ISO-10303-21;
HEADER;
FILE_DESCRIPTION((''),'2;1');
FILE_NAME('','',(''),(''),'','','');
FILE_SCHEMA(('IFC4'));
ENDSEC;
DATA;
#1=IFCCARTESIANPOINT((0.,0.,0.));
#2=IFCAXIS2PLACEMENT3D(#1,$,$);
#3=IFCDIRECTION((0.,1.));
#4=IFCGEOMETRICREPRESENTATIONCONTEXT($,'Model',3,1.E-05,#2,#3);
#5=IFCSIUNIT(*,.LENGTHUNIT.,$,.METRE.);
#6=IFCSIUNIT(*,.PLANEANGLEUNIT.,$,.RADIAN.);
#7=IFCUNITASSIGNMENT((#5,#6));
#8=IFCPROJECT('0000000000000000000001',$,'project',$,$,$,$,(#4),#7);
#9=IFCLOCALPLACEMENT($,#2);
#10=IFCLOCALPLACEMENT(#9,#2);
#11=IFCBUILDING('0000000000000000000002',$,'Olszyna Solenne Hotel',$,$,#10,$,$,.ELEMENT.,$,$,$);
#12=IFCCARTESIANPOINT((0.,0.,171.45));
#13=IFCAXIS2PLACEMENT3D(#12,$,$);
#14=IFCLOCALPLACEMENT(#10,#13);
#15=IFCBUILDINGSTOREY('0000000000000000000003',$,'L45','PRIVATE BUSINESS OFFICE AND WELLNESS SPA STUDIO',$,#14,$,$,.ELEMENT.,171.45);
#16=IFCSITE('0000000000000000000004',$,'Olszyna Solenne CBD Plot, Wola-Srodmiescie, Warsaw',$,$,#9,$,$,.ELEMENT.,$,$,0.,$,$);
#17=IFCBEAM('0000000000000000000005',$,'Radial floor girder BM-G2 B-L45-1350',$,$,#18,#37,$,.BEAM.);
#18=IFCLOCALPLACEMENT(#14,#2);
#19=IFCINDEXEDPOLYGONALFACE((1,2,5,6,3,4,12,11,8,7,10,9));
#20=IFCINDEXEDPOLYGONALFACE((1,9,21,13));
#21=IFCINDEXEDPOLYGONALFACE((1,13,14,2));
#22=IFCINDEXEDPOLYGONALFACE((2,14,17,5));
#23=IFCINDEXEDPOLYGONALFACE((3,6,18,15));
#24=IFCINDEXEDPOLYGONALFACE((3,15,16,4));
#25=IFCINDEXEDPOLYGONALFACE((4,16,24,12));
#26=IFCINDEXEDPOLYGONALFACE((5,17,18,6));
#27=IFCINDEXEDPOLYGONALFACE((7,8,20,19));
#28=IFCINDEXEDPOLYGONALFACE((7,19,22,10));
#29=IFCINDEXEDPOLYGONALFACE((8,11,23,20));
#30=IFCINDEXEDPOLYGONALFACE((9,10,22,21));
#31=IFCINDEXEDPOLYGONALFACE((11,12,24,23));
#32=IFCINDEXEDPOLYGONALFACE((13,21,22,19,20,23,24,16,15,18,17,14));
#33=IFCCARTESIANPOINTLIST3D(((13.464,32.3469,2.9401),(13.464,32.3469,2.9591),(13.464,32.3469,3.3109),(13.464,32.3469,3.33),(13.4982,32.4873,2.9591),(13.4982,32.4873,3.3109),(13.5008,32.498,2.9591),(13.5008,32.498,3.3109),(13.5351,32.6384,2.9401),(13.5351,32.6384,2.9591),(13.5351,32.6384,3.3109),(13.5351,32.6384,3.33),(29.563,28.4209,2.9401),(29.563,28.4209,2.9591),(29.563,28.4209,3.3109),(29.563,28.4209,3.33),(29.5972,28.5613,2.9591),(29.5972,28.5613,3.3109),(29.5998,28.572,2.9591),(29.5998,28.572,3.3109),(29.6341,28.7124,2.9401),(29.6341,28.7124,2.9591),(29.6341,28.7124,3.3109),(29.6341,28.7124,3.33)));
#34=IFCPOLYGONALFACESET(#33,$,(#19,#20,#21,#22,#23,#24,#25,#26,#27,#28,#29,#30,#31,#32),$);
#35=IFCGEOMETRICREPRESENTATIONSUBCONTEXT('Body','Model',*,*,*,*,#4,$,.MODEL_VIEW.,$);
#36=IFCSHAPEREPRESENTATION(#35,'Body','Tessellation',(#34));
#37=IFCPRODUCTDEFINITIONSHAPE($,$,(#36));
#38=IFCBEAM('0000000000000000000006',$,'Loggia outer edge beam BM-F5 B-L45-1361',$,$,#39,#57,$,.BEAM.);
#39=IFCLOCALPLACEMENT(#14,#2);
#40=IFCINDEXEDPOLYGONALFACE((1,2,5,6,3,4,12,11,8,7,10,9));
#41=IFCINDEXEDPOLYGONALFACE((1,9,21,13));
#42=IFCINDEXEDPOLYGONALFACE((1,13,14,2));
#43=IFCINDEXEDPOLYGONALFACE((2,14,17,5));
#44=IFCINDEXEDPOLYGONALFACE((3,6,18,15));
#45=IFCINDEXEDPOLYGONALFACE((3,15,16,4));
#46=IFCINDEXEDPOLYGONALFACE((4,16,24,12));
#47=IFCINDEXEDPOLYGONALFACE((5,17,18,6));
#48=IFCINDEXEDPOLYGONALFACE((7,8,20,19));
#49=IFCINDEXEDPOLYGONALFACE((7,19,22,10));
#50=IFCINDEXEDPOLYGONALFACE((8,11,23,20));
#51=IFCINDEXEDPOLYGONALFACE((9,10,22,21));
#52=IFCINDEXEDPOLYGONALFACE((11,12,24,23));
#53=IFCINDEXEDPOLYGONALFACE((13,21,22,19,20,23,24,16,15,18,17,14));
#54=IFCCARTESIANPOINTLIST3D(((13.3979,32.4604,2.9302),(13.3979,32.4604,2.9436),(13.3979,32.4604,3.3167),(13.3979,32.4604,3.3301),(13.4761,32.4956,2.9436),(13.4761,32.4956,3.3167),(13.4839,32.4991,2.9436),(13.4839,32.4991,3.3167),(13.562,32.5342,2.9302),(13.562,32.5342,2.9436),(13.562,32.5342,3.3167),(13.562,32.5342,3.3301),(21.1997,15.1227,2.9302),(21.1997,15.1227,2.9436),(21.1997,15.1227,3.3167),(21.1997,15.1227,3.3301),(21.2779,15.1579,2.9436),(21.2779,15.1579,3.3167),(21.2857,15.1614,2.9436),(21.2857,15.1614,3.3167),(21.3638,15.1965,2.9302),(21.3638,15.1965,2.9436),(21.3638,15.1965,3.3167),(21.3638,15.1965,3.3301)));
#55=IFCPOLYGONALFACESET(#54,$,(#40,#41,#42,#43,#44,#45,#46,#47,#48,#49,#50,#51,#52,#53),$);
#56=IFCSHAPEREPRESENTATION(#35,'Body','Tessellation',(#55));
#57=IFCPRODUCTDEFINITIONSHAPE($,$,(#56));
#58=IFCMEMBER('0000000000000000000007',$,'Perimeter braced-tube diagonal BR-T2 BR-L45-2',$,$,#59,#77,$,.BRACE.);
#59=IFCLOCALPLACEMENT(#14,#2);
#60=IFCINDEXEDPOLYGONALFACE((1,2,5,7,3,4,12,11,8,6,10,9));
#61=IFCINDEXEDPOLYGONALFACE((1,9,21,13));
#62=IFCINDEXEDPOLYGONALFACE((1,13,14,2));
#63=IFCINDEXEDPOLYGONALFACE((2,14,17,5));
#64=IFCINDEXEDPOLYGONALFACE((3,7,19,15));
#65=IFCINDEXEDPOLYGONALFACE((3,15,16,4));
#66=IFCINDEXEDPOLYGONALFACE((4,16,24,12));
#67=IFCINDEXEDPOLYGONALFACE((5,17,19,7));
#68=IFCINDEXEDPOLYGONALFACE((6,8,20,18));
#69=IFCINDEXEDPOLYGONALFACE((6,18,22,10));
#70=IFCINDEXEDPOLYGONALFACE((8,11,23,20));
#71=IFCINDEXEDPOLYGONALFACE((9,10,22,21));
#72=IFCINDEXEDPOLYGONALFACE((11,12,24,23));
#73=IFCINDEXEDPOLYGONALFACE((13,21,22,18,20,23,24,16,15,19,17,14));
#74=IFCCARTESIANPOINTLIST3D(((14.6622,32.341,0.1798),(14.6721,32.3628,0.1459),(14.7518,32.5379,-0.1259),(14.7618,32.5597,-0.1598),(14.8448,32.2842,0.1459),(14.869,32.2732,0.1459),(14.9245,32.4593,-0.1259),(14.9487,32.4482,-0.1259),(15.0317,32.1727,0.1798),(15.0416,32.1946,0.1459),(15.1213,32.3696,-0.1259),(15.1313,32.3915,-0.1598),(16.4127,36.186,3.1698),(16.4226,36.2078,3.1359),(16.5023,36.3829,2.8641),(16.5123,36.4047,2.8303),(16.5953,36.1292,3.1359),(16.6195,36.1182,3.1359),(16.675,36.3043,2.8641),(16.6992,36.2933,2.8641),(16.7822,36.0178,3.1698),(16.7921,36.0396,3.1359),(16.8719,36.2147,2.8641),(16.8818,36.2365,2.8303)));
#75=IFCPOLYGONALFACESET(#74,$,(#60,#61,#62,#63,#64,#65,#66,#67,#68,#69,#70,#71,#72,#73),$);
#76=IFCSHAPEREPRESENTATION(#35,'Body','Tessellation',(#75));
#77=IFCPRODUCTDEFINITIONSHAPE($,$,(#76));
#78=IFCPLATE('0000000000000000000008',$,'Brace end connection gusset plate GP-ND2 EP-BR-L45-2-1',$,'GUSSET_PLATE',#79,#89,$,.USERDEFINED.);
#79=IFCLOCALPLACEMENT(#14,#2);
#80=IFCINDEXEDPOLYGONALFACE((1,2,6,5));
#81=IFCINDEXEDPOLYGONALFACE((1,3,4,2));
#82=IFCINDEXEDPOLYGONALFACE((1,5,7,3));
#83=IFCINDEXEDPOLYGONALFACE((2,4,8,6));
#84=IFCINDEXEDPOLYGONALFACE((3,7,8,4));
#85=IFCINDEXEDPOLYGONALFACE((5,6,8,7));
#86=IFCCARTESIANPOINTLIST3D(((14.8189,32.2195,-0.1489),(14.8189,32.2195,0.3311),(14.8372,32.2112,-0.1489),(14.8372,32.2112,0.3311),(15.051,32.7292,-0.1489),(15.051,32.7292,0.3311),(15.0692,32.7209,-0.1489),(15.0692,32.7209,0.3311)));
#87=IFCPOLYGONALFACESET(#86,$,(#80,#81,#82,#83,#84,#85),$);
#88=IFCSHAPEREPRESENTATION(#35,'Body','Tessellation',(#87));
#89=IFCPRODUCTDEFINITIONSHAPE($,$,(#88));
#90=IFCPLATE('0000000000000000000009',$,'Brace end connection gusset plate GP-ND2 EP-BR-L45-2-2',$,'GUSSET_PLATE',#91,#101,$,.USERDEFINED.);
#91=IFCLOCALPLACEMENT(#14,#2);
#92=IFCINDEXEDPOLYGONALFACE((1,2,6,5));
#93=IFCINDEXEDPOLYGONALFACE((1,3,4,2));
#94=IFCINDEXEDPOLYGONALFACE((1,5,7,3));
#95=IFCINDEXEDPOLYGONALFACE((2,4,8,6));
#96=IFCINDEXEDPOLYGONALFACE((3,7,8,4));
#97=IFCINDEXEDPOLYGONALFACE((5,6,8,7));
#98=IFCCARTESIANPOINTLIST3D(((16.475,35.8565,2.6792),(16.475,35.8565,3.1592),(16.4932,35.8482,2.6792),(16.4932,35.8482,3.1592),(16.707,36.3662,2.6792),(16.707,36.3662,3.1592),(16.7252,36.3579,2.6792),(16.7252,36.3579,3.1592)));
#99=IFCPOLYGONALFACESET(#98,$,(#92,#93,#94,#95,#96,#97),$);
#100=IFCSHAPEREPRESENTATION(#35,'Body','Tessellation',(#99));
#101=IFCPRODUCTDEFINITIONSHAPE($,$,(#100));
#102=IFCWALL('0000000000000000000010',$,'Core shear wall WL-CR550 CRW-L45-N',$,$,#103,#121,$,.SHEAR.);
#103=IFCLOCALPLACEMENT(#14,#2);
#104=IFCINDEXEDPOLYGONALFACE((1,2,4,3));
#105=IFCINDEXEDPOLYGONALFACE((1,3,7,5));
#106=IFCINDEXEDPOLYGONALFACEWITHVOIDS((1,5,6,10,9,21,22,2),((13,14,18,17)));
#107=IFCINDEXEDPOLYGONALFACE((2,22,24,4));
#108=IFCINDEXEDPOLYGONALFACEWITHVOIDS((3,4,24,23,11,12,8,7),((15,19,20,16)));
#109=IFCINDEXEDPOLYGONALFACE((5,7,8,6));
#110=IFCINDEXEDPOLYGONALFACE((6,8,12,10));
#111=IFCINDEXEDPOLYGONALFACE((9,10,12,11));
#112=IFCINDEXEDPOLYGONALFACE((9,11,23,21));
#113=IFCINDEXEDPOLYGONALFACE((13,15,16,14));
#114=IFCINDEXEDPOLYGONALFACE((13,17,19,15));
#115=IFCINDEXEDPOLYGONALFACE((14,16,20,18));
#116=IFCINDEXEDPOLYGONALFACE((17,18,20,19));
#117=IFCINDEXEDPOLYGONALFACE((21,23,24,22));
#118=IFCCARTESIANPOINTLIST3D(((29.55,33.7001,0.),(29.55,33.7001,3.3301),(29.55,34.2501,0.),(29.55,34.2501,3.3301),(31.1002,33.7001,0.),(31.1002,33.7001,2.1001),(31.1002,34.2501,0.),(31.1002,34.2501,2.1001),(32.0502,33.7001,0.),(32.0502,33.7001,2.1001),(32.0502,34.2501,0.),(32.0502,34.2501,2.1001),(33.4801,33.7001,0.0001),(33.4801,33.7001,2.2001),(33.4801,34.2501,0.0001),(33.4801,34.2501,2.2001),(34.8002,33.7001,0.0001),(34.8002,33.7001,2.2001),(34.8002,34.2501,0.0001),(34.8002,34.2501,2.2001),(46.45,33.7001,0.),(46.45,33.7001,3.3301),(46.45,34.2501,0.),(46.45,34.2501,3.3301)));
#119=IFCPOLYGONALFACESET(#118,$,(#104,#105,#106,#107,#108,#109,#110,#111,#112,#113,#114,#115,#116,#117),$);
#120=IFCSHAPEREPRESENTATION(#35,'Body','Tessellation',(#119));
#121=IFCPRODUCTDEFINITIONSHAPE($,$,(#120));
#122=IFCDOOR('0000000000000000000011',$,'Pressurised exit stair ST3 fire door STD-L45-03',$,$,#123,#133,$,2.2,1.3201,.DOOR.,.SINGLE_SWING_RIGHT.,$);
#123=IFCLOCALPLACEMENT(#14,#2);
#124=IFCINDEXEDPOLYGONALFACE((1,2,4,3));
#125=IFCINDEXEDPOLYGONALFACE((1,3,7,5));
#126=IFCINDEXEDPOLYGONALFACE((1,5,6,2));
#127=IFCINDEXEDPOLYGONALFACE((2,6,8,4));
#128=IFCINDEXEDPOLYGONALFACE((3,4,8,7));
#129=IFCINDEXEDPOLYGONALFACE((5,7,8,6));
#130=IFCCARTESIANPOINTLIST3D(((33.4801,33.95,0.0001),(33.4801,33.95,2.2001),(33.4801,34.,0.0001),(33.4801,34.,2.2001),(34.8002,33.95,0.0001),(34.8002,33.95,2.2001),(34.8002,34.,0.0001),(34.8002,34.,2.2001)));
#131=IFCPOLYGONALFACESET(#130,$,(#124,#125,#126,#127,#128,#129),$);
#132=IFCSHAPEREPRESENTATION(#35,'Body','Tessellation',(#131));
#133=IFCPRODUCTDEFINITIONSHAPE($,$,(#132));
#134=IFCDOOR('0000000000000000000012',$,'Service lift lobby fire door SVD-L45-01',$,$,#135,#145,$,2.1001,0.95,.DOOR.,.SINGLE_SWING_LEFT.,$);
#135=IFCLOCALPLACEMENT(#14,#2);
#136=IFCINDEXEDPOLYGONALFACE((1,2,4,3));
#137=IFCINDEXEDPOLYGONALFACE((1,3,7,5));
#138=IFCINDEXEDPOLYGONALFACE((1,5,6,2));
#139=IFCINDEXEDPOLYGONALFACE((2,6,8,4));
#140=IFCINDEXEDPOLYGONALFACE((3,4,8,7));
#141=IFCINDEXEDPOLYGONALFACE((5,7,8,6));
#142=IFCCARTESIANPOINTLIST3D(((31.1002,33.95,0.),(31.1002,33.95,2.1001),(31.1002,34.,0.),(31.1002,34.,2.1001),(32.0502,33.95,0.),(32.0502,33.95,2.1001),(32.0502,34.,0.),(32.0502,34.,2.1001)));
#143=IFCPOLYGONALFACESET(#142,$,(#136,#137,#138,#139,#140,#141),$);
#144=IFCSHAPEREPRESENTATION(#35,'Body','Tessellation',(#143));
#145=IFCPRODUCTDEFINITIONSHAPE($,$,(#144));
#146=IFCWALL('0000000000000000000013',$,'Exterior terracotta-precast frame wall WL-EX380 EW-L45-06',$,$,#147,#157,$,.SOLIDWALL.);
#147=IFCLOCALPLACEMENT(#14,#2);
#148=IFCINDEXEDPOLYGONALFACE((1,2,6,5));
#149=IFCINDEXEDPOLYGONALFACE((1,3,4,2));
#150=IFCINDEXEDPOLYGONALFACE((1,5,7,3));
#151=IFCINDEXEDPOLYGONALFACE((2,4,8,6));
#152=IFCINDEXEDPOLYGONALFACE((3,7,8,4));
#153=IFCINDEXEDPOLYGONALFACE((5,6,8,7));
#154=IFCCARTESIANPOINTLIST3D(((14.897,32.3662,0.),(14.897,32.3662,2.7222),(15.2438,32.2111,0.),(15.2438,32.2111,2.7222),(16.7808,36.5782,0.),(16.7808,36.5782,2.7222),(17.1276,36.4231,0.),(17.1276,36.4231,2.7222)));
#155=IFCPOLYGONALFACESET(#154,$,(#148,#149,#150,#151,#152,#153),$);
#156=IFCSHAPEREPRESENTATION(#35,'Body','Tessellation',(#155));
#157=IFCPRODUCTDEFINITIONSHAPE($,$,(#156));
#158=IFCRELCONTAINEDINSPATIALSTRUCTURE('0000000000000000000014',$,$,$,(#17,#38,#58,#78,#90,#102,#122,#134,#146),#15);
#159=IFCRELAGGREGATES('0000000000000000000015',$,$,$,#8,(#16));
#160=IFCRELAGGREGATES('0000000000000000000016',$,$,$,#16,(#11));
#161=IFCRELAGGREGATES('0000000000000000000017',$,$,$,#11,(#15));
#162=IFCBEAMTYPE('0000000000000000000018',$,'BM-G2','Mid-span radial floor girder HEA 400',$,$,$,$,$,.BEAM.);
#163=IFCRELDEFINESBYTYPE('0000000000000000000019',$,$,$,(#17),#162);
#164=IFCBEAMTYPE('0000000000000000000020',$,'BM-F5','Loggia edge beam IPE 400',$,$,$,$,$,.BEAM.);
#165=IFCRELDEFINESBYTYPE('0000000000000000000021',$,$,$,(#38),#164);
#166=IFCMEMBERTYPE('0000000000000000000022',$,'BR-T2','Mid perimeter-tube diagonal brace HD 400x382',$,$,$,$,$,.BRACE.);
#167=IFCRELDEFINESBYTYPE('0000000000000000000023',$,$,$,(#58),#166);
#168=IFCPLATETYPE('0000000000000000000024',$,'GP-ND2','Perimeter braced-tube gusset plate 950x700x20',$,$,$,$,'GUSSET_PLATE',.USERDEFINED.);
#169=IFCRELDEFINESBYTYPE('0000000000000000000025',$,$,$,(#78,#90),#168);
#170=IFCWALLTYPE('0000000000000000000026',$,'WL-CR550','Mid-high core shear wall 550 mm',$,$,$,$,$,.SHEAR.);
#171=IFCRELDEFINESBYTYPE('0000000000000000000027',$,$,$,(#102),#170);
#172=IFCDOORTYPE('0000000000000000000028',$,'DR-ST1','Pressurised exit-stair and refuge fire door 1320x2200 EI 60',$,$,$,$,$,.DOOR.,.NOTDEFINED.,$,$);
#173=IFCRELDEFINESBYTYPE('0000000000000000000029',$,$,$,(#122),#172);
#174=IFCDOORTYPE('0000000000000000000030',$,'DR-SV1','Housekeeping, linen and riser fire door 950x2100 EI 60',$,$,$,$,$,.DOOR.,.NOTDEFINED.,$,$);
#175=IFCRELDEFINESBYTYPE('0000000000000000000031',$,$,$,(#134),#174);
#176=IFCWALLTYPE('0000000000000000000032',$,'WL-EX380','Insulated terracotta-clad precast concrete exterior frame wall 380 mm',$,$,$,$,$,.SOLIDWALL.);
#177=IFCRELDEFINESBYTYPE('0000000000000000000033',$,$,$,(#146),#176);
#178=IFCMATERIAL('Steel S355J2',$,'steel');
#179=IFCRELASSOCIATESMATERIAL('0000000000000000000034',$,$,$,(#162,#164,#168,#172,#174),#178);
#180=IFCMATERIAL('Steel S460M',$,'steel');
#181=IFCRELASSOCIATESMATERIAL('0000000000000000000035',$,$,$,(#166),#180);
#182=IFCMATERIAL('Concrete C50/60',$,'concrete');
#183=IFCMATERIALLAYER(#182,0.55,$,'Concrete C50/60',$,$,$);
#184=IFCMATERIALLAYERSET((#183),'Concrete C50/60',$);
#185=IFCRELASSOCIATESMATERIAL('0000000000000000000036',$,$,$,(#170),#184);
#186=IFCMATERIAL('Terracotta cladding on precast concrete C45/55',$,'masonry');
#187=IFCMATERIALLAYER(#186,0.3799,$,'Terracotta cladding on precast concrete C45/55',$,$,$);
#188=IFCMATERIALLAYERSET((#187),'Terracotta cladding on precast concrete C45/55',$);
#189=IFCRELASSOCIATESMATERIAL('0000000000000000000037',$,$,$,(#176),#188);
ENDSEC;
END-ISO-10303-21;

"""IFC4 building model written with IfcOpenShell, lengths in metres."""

from ifc_helpers import new_model, si_unit, direction, frame, frame_2d, origin, origin_2d, place, context, subcontext, project, spatial, rectangle, i_section, extrude, source, transform, mapped, material, layer, layer_set, material_profile, profile_set, type_object, type_shapes, element, fill, save


model = new_model("IFC4")

# Units and contexts
model_context = context("Model", 3, precision=1e-05, world=origin(), true_north=direction((0.0, 1.0)))
body_context = subcontext(model_context, "Body", "Model", "MODEL_VIEW")
ifc_project = project(units=[si_unit("LENGTHUNIT", "METRE"), si_unit("PLANEANGLEUNIT", "RADIAN")], contexts=[model_context])

# Site, building, storey
site_placement = place(None, origin())
site = spatial("IfcSite", under=ifc_project, at=site_placement, Name="Olszyna Solenne CBD Plot, Wola-Srodmiescie, Warsaw", CompositionType="ELEMENT", RefElevation=0.0)
building_placement = place(site_placement, origin())
building = spatial("IfcBuilding", under=site, at=building_placement, Name="Olszyna Solenne Hotel", CompositionType="ELEMENT")
storey_placement = place(building_placement, frame((0.0, 0.0, 171.45)))
storey = spatial("IfcBuildingStorey", under=building, at=storey_placement, Name="L45", Description="PRIVATE BUSINESS OFFICE AND WELLNESS SPA STUDIO", CompositionType="ELEMENT", Elevation=171.45)

# Shared definitions
ifc_material_1 = material(Name="Steel S460M", Category="steel")

# Beams
ifc_material_2 = material(Name="Steel S355J2", Category="steel")
ifc_material_profile_1 = material_profile(ifc_material_2, i_section(OverallWidth=0.3, OverallDepth=0.3899, WebThickness=0.011, FlangeThickness=0.019, at=origin_2d()), Name="HEA 400", Category="load-bearing")
ifc_profile_set_1 = profile_set([ifc_material_profile_1], Name="Steel S355J2")
beam_type_1 = type_object("IfcBeamType", Name="BM-G2", Description="Mid-span radial floor girder HEA 400", PredefinedType="BEAM", material=ifc_profile_set_1)
shared_shape_1 = source(origin(), body_context, "Body", "SweptSolid", [
    extrude(i_section(OverallWidth=0.3, OverallDepth=0.3899, WebThickness=0.011, FlangeThickness=0.019, at=origin_2d()), origin(), (0.0, 0.0, 1.0), 16.5708),
])
beam_1_placement = place(storey_placement, frame((13.4995, 32.4927, 3.135), z_axis=(0.971529, -0.236923, 0.0), x_axis=(0.236923, 0.971529, 0.0)))
element("IfcBeam", 1, at=beam_1_placement, inside=storey, type_object=beam_type_1, Name="Radial floor girder BM-G2 B-L45-1350", PredefinedType="BEAM", context=body_context, shape_type="MappedRepresentation", body=[
    mapped(shared_shape_1, transform((0.0, 0.0, 0.0), x_axis=(1.0, 0.0, 0.0), y_axis=(0.0, 1.0, 0.0), z_axis=(0.0, 0.0, 1.0), scale=1.0)),
])
ifc_material_profile_2 = material_profile(ifc_material_2, i_section(OverallWidth=0.1799, OverallDepth=0.3999, WebThickness=0.0085, FlangeThickness=0.0134, at=origin_2d()), Name="IPE 400", Category="load-bearing")
ifc_profile_set_2 = profile_set([ifc_material_profile_2], Name="Steel S355J2")
beam_type_2 = type_object("IfcBeamType", Name="BM-F5", Description="Loggia edge beam IPE 400", PredefinedType="BEAM", material=ifc_profile_set_2)
shared_shape_2 = source(origin(), body_context, "Body", "SweptSolid", [
    extrude(i_section(OverallWidth=0.1799, OverallDepth=0.3999, WebThickness=0.0085, FlangeThickness=0.0134, at=origin_2d()), origin(), (0.0, 0.0, 1.0), 19.0122),
])
beam_2_placement = place(storey_placement, frame((13.48, 32.4973, 3.1301), z_axis=(0.410357, -0.911925, 0.0), x_axis=(0.911925, 0.410357, 0.0)))
element("IfcBeam", 2, at=beam_2_placement, inside=storey, type_object=beam_type_2, Name="Loggia outer edge beam BM-F5 B-L45-1361", PredefinedType="BEAM", context=body_context, shape_type="MappedRepresentation", body=[
    mapped(shared_shape_2, transform((0.0, 0.0, 0.0), x_axis=(1.0, 0.0, 0.0), y_axis=(0.0, 1.0, 0.0), z_axis=(0.0, 0.0, 1.0), scale=1.0)),
])

# Member
ifc_material_profile_3 = material_profile(ifc_material_1, i_section(OverallWidth=0.406, OverallDepth=0.416, WebThickness=0.0266, FlangeThickness=0.0415, at=origin_2d()), Name="HD 400x382", Category="load-bearing")
ifc_profile_set_3 = profile_set([ifc_material_profile_3], Name="Steel S460M")
member_type = type_object("IfcMemberType", Name="BR-T2", Description="Mid perimeter-tube diagonal brace HD 400x382", PredefinedType="BRACE", material=ifc_profile_set_3)
shared_shape_3 = source(origin(), body_context, "Body", "SweptSolid", [
    extrude(i_section(OverallWidth=0.406, OverallDepth=0.416, WebThickness=0.0266, FlangeThickness=0.0415, at=origin_2d()), origin(), (0.0, 0.0, 1.0), 5.1758),
])
member_placement = place(storey_placement, frame((14.8967, 32.3662, 0.01), z_axis=(0.338212, 0.742887, 0.577696), x_axis=(-0.910119, 0.414347, 0.0)))
element("IfcMember", 3, at=member_placement, inside=storey, type_object=member_type, Name="Perimeter braced-tube diagonal BR-T2 BR-L45-2", PredefinedType="BRACE", context=body_context, shape_type="MappedRepresentation", body=[
    mapped(shared_shape_3, transform((0.0, 0.0, 0.0), x_axis=(1.0, 0.0, 0.0), y_axis=(0.0, 1.0, 0.0), z_axis=(0.0, 0.0, 1.0), scale=1.0)),
])

# Plates
plate_type = type_object("IfcPlateType", Name="GP-ND2", Description="Perimeter braced-tube gusset plate 950x700x20", ElementType="GUSSET_PLATE", PredefinedType="USERDEFINED", material=ifc_material_2)
shared_shape_4 = source(origin(), body_context, "Body", "SweptSolid", [
    extrude(rectangle(XDim=0.5601, YDim=0.02, at=origin_2d()), origin(), (0.0, 0.0, 1.0), 0.48),
])
for number, where, z_axis, x_axis, name in (
    (4, (14.9441, 32.4702, -0.1489), (0.0, 0.0, 1.0), (0.414376, 0.910106, 0.0), "Brace end connection gusset plate GP-ND2 EP-BR-L45-2-1"),
    (5, (16.6001, 36.1072, 2.6792), (0.0, 0.0, 1.0), (0.414376, 0.910106, 0.0), "Brace end connection gusset plate GP-ND2 EP-BR-L45-2-2"),
):
    element("IfcPlate", number, at=place(storey_placement, frame(where, z_axis=z_axis, x_axis=x_axis)), inside=storey, type_object=plate_type, Name=name, ObjectType="GUSSET_PLATE", PredefinedType="USERDEFINED", context=body_context, shape_type="MappedRepresentation", body=[
        mapped(shared_shape_4, transform((0.0, 0.0, 0.0), x_axis=(1.0, 0.0, 0.0), y_axis=(0.0, 1.0, 0.0), z_axis=(0.0, 0.0, 1.0), scale=1.0)),
    ])

# Wall, openings, doors
ifc_material_3 = material(Name="Concrete C50/60", Category="concrete")
ifc_layer_1 = layer(ifc_material_3, 0.55, Name="Concrete C50/60")
ifc_layer_set_1 = layer_set([ifc_layer_1], Name="Concrete C50/60")
wall_type_1 = type_object("IfcWallType", Name="WL-CR550", Description="Mid-high core shear wall 550 mm", PredefinedType="SHEAR", material=ifc_layer_set_1)
wall_1_placement = place(storey_placement, frame((29.55, 33.9751, 0.0), z_axis=(0.0, 0.0, 1.0), x_axis=(1.0, 0.0, 0.0)))
wall_1 = element("IfcWall", 6, at=wall_1_placement, inside=storey, type_object=wall_type_1, Name="Core shear wall WL-CR550 CRW-L45-N", PredefinedType="SHEAR", context=body_context, shape_type="SweptSolid", body=[
    extrude(rectangle(XDim=16.8999, YDim=0.55, at=frame_2d((8.45, 0.0))), origin(), (0.0, 0.0, 1.0), 3.3301),
])
opening_1_placement = place(wall_1_placement, frame((1.55, 0.0, 0.0)))
opening_1 = element("IfcOpeningElement", 7, at=opening_1_placement, cuts=wall_1, PredefinedType="OPENING", context=body_context, shape_type="SweptSolid", body=[
    extrude(rectangle(XDim=0.95, YDim=2.1001, at=frame_2d((0.4751, 1.05))), frame((0.0, 0.2852, 0.0), z_axis=(0.0, -1.0, 0.0), x_axis=(1.0, 0.0, 0.0)), (0.0, 0.0, 1.0), 0.5701),
])
opening_2_placement = place(wall_1_placement, frame((3.9299, 0.0, 0.0)))
opening_2 = element("IfcOpeningElement", 8, at=opening_2_placement, cuts=wall_1, PredefinedType="OPENING", context=body_context, shape_type="SweptSolid", body=[
    extrude(rectangle(XDim=1.3201, YDim=2.2, at=frame_2d((0.6602, 1.1001))), frame((0.0, 0.2852, 0.0), z_axis=(0.0, -1.0, 0.0), x_axis=(1.0, 0.0, 0.0)), (0.0, 0.0, 1.0), 0.5701),
])
door_type_1 = type_object("IfcDoorType", Name="DR-ST1", Description="Pressurised exit-stair and refuge fire door 1320x2200 EI 60", OperationType="NOTDEFINED", PredefinedType="DOOR", material=ifc_material_2)
shared_shape_5 = source(origin(), body_context, "Body", "SweptSolid", [
    extrude(rectangle(XDim=1.3201, YDim=2.2, at=frame_2d((0.6602, 1.1001))), frame((0.0, 0.0249, 0.0), z_axis=(0.0, -1.0, 0.0), x_axis=(1.0, 0.0, 0.0)), (0.0, 0.0, 1.0), 0.05),
])
type_shapes(door_type_1, [shared_shape_5])
door_1_placement = place(opening_2_placement, origin())
door_1 = element("IfcDoor", 9, at=door_1_placement, inside=storey, type_object=door_type_1, Name="Pressurised exit stair ST3 fire door STD-L45-03", OperationType="SINGLE_SWING_RIGHT", OverallHeight=2.2, OverallWidth=1.3201, PredefinedType="DOOR", context=body_context, shape_type="MappedRepresentation", body=[
    mapped(shared_shape_5, transform((0.0, 0.0, 0.0), x_axis=(1.0, 0.0, 0.0), y_axis=(0.0, 1.0, 0.0), z_axis=(0.0, 0.0, 1.0), scale=1.0)),
])
fill(opening_2, door_1)
door_type_2 = type_object("IfcDoorType", Name="DR-SV1", Description="Housekeeping, linen and riser fire door 950x2100 EI 60", OperationType="NOTDEFINED", PredefinedType="DOOR", material=ifc_material_2)
shared_shape_6 = source(origin(), body_context, "Body", "SweptSolid", [
    extrude(rectangle(XDim=0.95, YDim=2.1001, at=frame_2d((0.4751, 1.05))), frame((0.0, 0.0249, 0.0), z_axis=(0.0, -1.0, 0.0), x_axis=(1.0, 0.0, 0.0)), (0.0, 0.0, 1.0), 0.05),
])
type_shapes(door_type_2, [shared_shape_6])
door_2_placement = place(opening_1_placement, origin())
door_2 = element("IfcDoor", 10, at=door_2_placement, inside=storey, type_object=door_type_2, Name="Service lift lobby fire door SVD-L45-01", OperationType="SINGLE_SWING_LEFT", OverallHeight=2.1001, OverallWidth=0.95, PredefinedType="DOOR", context=body_context, shape_type="MappedRepresentation", body=[
    mapped(shared_shape_6, transform((0.0, 0.0, 0.0), x_axis=(1.0, 0.0, 0.0), y_axis=(0.0, 1.0, 0.0), z_axis=(0.0, 0.0, 1.0), scale=1.0)),
])
fill(opening_1, door_2)

# Wall
ifc_material_4 = material(Name="Terracotta cladding on precast concrete C45/55", Category="masonry")
ifc_layer_2 = layer(ifc_material_4, 0.3799, Name="Terracotta cladding on precast concrete C45/55")
ifc_layer_set_2 = layer_set([ifc_layer_2], Name="Terracotta cladding on precast concrete C45/55")
wall_type_2 = type_object("IfcWallType", Name="WL-EX380", Description="Insulated terracotta-clad precast concrete exterior frame wall 380 mm", PredefinedType="SOLIDWALL", material=ifc_layer_set_2)
wall_2_placement = place(storey_placement, frame((15.0703, 32.2886, 0.0), z_axis=(0.0, 0.0, 1.0), x_axis=(0.408278, 0.912858, 0.0)))
element("IfcWall", 11, at=wall_2_placement, inside=storey, type_object=wall_type_2, Name="Exterior terracotta-precast frame wall WL-EX380 EW-L45-06", PredefinedType="SOLIDWALL", context=body_context, shape_type="SweptSolid", body=[
    extrude(rectangle(XDim=4.614, YDim=0.3799, at=frame_2d((2.3071, 0.0))), origin(), (0.0, 0.0, 1.0), 2.7222),
])

save(model, "model.ifc")
